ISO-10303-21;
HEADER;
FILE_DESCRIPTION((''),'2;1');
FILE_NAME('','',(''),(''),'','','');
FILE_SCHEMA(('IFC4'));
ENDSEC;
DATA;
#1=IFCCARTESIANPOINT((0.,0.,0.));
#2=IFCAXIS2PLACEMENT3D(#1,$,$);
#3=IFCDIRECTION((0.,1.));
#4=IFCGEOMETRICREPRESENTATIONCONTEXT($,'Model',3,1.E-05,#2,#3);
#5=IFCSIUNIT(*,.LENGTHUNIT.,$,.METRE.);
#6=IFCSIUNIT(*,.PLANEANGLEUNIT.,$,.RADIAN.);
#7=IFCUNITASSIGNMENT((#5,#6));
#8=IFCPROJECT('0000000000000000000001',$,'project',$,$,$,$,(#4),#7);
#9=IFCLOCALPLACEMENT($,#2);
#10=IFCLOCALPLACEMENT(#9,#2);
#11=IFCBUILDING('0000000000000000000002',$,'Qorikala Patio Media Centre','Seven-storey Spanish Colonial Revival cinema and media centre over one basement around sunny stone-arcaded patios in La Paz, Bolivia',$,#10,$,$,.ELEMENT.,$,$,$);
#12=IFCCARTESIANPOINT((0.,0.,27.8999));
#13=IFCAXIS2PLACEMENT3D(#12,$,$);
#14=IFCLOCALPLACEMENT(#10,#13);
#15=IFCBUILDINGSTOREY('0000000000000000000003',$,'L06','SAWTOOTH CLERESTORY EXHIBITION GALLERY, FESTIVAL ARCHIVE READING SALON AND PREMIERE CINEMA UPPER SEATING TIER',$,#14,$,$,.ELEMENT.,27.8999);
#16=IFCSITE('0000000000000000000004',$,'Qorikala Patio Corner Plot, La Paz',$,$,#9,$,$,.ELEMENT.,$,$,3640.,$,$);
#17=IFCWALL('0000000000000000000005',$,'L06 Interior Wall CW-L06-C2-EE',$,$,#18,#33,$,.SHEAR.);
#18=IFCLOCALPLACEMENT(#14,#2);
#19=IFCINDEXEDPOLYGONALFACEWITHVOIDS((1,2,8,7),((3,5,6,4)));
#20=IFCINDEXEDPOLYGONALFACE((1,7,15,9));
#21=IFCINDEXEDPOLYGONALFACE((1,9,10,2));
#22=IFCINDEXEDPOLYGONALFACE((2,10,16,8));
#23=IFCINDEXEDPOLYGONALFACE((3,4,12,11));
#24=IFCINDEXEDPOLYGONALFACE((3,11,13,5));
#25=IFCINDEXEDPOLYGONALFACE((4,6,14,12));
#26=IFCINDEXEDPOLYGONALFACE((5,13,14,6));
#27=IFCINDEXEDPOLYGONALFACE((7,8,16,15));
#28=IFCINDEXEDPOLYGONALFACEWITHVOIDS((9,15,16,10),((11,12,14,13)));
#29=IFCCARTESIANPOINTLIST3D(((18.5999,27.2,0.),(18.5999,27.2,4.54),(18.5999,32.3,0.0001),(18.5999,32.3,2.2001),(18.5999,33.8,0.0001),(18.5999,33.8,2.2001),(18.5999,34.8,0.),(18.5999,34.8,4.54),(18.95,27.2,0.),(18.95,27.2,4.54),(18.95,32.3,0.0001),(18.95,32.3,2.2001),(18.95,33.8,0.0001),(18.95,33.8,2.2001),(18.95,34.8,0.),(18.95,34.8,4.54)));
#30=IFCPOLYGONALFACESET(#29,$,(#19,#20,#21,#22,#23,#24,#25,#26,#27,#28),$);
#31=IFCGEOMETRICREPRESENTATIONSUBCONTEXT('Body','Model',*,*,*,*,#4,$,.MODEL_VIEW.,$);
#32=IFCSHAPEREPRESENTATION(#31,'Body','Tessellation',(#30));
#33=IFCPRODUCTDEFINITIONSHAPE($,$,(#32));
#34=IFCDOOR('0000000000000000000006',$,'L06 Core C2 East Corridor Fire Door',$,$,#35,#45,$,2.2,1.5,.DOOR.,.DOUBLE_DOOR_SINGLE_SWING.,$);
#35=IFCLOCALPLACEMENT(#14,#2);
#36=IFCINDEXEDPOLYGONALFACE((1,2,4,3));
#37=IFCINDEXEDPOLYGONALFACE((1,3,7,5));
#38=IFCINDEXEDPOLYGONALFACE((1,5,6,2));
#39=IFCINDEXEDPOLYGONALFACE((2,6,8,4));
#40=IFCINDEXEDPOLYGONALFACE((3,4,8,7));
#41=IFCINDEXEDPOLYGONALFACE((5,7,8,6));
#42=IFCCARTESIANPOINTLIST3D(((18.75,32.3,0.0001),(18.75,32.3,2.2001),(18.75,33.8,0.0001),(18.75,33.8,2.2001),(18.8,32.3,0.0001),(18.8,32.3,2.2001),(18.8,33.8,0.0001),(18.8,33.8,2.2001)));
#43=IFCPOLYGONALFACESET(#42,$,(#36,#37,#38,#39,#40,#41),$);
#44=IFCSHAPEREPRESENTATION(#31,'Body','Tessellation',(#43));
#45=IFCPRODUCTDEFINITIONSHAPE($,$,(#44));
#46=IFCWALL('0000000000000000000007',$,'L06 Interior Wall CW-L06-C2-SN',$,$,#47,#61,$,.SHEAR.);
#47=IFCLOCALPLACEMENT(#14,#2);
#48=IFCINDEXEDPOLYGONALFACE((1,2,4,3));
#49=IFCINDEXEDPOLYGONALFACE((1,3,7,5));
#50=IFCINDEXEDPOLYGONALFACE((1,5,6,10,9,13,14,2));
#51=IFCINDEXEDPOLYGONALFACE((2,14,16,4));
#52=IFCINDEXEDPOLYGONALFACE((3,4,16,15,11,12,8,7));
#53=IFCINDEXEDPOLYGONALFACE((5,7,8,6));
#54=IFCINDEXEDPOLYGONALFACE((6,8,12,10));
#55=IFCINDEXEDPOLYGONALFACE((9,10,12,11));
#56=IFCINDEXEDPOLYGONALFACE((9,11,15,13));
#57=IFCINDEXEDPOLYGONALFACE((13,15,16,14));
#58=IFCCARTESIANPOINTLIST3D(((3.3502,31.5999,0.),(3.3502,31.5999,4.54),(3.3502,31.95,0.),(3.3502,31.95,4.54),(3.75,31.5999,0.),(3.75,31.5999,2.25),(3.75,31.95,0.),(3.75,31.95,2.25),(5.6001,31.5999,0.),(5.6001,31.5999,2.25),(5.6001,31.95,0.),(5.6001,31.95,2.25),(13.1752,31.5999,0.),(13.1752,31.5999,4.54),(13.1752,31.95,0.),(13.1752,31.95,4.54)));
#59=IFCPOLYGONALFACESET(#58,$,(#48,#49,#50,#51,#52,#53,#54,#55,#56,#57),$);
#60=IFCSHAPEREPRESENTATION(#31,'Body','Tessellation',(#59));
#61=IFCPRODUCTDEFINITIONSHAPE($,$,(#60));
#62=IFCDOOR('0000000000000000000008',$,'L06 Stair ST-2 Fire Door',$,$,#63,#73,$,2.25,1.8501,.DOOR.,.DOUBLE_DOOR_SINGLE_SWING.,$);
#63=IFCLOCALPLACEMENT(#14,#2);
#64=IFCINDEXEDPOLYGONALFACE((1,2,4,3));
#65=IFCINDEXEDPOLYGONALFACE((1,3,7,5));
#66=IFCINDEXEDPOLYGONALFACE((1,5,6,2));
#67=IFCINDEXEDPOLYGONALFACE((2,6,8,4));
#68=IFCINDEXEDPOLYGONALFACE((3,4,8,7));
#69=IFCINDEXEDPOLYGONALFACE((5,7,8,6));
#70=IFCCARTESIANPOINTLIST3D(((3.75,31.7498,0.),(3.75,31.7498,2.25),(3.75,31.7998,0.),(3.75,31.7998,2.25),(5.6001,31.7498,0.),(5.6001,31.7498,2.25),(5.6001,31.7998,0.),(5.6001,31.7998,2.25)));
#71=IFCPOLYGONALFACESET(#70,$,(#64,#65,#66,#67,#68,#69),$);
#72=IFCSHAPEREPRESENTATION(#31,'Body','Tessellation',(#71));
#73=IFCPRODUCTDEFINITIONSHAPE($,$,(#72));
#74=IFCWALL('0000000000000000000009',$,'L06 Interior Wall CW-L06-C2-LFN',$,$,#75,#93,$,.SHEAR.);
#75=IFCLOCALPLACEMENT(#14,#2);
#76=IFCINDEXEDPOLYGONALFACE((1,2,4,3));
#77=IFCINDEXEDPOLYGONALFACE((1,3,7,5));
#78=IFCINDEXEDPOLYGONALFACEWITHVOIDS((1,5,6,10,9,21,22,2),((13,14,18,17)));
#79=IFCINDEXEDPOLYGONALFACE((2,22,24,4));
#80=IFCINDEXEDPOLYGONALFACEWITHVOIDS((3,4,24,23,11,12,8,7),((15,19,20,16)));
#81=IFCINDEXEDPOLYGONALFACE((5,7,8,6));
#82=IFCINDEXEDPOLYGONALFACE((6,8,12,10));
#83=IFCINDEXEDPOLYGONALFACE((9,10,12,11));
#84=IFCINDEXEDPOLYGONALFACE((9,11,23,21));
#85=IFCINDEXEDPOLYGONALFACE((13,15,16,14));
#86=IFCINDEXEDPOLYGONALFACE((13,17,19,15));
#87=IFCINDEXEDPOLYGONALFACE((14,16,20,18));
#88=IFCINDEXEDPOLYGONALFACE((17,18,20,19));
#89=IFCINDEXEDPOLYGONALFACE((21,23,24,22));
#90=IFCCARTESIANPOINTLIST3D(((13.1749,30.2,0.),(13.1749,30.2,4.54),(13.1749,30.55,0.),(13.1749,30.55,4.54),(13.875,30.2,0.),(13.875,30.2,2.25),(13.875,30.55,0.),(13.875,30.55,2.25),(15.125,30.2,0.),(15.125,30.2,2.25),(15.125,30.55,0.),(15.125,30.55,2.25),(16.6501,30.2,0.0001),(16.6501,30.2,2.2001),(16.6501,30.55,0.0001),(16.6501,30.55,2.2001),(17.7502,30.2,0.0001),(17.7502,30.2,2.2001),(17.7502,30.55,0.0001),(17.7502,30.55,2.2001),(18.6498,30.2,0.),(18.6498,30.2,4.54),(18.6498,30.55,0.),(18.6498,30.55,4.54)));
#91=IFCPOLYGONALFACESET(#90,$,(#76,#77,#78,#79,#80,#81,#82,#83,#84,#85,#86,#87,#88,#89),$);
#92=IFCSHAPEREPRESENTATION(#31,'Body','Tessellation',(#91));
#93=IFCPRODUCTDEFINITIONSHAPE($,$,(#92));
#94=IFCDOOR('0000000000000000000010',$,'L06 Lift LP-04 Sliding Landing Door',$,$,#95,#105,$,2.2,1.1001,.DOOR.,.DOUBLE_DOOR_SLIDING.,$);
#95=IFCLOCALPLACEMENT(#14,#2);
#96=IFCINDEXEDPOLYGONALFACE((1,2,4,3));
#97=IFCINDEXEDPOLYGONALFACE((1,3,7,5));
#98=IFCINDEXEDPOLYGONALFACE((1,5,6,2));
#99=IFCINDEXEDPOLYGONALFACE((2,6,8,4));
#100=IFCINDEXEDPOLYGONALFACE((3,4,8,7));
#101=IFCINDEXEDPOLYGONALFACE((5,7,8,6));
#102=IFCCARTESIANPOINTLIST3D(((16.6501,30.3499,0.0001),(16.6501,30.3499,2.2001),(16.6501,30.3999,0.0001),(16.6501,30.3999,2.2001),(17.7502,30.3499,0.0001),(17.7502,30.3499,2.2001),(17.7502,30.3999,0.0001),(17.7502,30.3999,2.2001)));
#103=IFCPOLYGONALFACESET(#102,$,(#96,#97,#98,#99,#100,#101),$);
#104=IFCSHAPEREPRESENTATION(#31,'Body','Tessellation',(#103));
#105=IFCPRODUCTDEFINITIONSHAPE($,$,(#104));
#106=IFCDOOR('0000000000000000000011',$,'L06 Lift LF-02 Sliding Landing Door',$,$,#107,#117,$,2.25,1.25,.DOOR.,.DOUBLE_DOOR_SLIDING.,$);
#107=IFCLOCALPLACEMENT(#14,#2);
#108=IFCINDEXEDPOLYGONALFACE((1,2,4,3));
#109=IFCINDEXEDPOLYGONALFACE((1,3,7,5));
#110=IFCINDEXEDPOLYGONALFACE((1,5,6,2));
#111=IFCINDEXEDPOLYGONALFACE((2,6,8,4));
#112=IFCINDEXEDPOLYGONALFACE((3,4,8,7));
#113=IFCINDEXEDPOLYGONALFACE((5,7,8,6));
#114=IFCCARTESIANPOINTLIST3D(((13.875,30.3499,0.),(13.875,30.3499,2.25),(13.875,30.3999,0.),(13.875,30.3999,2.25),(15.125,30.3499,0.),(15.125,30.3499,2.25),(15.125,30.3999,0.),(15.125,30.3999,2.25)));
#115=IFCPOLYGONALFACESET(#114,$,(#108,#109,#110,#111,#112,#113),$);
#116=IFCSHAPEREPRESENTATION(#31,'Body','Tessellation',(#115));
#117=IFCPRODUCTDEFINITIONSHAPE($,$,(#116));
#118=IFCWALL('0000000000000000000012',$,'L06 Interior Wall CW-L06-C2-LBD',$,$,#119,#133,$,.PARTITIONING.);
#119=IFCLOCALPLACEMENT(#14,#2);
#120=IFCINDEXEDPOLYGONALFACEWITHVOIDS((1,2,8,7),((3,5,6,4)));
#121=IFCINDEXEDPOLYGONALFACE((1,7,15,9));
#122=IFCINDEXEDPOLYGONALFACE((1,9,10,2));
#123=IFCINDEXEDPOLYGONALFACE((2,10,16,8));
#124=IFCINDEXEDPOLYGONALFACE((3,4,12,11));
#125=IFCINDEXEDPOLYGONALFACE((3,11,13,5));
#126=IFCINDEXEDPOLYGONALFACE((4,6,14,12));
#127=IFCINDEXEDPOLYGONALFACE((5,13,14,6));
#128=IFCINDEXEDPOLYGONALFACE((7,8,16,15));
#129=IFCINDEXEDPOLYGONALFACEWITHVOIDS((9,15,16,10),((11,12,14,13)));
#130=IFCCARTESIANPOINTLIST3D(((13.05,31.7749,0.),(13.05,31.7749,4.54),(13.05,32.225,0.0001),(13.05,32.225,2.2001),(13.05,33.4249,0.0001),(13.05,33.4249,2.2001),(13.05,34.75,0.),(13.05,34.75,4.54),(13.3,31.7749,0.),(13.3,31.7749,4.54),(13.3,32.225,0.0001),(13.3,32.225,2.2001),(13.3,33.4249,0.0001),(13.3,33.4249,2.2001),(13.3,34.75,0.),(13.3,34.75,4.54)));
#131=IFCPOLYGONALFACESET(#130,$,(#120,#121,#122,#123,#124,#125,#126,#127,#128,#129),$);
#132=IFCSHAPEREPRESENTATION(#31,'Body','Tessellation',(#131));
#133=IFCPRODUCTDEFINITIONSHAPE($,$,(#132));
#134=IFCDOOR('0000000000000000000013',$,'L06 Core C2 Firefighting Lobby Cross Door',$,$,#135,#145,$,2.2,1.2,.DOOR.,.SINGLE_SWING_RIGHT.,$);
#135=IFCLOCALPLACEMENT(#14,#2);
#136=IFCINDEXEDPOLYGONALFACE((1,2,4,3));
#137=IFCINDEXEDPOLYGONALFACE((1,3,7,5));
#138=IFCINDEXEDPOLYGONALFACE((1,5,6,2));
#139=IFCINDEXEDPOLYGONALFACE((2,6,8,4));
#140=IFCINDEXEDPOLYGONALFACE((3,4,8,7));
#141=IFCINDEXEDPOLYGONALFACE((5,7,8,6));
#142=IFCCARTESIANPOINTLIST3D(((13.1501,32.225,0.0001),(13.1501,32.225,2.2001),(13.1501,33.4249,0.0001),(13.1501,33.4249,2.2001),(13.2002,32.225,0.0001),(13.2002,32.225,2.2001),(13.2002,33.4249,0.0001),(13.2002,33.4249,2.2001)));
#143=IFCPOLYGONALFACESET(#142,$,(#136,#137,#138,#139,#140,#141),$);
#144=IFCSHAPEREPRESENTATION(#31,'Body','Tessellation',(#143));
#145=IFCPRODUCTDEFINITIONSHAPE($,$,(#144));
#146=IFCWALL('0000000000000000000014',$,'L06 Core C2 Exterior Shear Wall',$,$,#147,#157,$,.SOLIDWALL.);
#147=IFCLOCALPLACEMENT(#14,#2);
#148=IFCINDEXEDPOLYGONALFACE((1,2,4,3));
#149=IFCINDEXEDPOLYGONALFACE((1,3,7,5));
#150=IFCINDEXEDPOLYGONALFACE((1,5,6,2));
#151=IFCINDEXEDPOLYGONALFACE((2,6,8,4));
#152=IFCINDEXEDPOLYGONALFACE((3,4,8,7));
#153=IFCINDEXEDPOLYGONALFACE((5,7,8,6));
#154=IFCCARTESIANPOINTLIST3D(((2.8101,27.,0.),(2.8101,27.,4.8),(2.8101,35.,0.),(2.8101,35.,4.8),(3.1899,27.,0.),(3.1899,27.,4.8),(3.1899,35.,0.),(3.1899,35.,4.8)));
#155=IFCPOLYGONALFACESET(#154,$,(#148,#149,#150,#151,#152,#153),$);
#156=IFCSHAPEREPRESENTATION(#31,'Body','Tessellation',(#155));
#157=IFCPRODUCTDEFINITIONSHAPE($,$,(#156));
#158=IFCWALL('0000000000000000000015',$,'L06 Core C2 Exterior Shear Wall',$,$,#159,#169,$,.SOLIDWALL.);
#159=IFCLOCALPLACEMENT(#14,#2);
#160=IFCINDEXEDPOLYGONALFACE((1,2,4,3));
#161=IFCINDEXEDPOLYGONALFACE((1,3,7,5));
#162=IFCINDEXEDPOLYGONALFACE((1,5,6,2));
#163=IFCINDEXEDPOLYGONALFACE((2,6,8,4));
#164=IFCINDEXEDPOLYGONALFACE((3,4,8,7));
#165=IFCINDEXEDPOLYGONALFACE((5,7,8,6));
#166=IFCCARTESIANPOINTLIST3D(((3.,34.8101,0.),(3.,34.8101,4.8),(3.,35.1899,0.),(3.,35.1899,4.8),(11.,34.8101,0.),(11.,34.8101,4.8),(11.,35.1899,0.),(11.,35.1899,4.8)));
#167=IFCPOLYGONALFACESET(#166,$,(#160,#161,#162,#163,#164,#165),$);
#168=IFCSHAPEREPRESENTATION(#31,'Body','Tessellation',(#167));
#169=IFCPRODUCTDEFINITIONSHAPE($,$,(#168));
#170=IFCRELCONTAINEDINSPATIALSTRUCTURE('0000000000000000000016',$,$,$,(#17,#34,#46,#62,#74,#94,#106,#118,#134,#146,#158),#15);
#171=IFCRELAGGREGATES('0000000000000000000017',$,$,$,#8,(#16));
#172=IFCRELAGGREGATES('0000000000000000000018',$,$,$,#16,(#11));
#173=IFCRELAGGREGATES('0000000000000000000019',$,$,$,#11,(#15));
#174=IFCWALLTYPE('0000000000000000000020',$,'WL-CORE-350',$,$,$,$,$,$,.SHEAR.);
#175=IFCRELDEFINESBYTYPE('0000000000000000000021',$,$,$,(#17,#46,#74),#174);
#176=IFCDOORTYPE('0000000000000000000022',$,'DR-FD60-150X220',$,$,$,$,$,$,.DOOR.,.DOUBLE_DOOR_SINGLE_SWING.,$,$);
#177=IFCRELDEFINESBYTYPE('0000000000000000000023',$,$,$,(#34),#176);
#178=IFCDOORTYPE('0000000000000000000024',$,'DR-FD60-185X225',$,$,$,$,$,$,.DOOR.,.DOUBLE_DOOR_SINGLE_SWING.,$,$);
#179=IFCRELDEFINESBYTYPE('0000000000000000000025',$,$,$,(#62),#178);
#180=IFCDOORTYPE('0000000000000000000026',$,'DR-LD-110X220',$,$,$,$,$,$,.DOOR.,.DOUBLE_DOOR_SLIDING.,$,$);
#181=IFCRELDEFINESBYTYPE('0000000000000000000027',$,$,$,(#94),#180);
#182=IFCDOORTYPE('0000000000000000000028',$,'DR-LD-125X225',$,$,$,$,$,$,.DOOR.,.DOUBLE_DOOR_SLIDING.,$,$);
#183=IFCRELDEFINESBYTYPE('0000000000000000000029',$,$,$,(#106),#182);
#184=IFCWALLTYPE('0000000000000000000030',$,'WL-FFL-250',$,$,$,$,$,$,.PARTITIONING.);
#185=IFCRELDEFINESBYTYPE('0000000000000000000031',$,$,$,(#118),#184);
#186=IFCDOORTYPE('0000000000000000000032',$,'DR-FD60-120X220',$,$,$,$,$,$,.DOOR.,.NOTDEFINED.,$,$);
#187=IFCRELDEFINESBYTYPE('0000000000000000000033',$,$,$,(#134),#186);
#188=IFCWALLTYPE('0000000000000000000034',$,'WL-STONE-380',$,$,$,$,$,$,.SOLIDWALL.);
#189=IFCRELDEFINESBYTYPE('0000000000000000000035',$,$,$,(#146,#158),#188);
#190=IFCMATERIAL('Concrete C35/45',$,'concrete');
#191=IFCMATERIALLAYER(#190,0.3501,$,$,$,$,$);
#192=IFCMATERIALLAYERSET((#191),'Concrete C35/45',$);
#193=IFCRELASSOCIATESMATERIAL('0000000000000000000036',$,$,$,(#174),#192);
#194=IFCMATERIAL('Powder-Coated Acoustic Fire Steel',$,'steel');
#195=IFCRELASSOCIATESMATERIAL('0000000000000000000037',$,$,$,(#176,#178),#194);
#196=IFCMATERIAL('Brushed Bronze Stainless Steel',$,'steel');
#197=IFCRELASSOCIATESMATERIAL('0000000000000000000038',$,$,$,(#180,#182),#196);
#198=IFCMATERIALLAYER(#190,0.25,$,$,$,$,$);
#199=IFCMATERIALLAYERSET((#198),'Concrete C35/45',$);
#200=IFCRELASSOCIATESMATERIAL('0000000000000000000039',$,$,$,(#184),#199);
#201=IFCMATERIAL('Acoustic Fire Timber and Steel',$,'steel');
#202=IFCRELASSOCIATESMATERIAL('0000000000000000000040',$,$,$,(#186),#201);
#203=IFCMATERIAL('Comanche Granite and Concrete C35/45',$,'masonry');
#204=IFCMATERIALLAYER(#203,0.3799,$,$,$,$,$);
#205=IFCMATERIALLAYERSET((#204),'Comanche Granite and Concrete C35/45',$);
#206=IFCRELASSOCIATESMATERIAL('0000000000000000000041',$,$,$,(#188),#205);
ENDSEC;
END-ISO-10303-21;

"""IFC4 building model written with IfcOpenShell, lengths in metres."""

from ifc_helpers import new_model, si_unit, direction, frame, frame_2d, origin, place, context, subcontext, project, spatial, rectangle, extrude, material, layer, layer_set, type_object, element, fill, save


model = new_model("IFC4")

# Units and contexts
model_context = context("Model", 3, precision=1e-05, world=origin(), true_north=direction((0.0, 1.0)))
body_context = subcontext(model_context, "Body", "Model", "MODEL_VIEW")
ifc_project = project(units=[si_unit("LENGTHUNIT", "METRE"), si_unit("PLANEANGLEUNIT", "RADIAN")], contexts=[model_context])

# Site, building, storey
site_placement = place(None, origin())
site = spatial("IfcSite", under=ifc_project, at=site_placement, Name="Qorikala Patio Corner Plot, La Paz", CompositionType="ELEMENT", RefElevation=3640.0)
building_placement = place(site_placement, origin())
building = spatial("IfcBuilding", under=site, at=building_placement, Name="Qorikala Patio Media Centre", Description="Seven-storey Spanish Colonial Revival cinema and media centre over one basement around sunny stone-arcaded patios in La Paz, Bolivia", CompositionType="ELEMENT")
storey_placement = place(building_placement, frame((0.0, 0.0, 27.8999)))
storey = spatial("IfcBuildingStorey", under=building, at=storey_placement, Name="L06", Description="SAWTOOTH CLERESTORY EXHIBITION GALLERY, FESTIVAL ARCHIVE READING SALON AND PREMIERE CINEMA UPPER SEATING TIER", CompositionType="ELEMENT", Elevation=27.8999)

# Shared definitions
ifc_material_1 = material(Name="Concrete C35/45", Category="concrete")

# Shared definitions
ifc_layer_1 = layer(ifc_material_1, 0.3501)
ifc_layer_set_1 = layer_set([ifc_layer_1], Name="Concrete C35/45")
wall_type_1 = type_object("IfcWallType", Name="WL-CORE-350", PredefinedType="SHEAR", material=ifc_layer_set_1)

# Walls, openings, doors
wall_1_placement = place(storey_placement, frame((18.7749, 27.2, 0.0), z_axis=(0.0, 0.0, 1.0), x_axis=(0.0, 1.0, 0.0)))
wall_1 = element("IfcWall", 1, at=wall_1_placement, inside=storey, type_object=wall_type_1, Name="L06 Interior Wall CW-L06-C2-EE", PredefinedType="SHEAR", context=body_context, shape_type="SweptSolid", body=[
    extrude(rectangle(XDim=7.6001, YDim=0.3501, at=frame_2d((3.8, 0.0))), origin(), (0.0, 0.0, 1.0), 4.54),
])
opening_1_placement = place(wall_1_placement, frame((5.1001, 0.0, 0.0)))
opening_1 = element("IfcOpeningElement", 2, at=opening_1_placement, cuts=wall_1, PredefinedType="OPENING", context=body_context, shape_type="SweptSolid", body=[
    extrude(rectangle(XDim=1.5, YDim=2.2, at=frame_2d((0.75, 1.1001))), frame((0.0, 0.1851, 0.0), z_axis=(0.0, -1.0, 0.0), x_axis=(1.0, 0.0, 0.0)), (0.0, 0.0, 1.0), 0.3701),
])
ifc_material_2 = material(Name="Powder-Coated Acoustic Fire Steel", Category="steel")
door_type_1 = type_object("IfcDoorType", Name="DR-FD60-150X220", OperationType="DOUBLE_DOOR_SINGLE_SWING", PredefinedType="DOOR", material=ifc_material_2)
door_1_placement = place(opening_1_placement, origin())
door_1 = element("IfcDoor", 3, at=door_1_placement, inside=storey, type_object=door_type_1, Name="L06 Core C2 East Corridor Fire Door", OperationType="DOUBLE_DOOR_SINGLE_SWING", OverallHeight=2.2, OverallWidth=1.5, PredefinedType="DOOR", context=body_context, shape_type="SweptSolid", body=[
    extrude(rectangle(XDim=1.5, YDim=2.2, at=frame_2d((0.75, 1.1001))), frame((0.0, 0.0249, 0.0), z_axis=(0.0, -1.0, 0.0), x_axis=(1.0, 0.0, 0.0)), (0.0, 0.0, 1.0), 0.05),
])
fill(opening_1, door_1)
wall_2_placement = place(storey_placement, frame((3.3501, 31.7749, 0.0), z_axis=(0.0, 0.0, 1.0), x_axis=(1.0, 0.0, 0.0)))
wall_2 = element("IfcWall", 4, at=wall_2_placement, inside=storey, type_object=wall_type_1, Name="L06 Interior Wall CW-L06-C2-SN", PredefinedType="SHEAR", context=body_context, shape_type="SweptSolid", body=[
    extrude(rectangle(XDim=9.825, YDim=0.3501, at=frame_2d((4.9126, 0.0))), origin(), (0.0, 0.0, 1.0), 4.54),
])
opening_2_placement = place(wall_2_placement, frame((0.3999, 0.0, 0.0)))
opening_2 = element("IfcOpeningElement", 5, at=opening_2_placement, cuts=wall_2, PredefinedType="OPENING", context=body_context, shape_type="SweptSolid", body=[
    extrude(rectangle(XDim=1.8501, YDim=2.25, at=frame_2d((0.925, 1.125))), frame((0.0, 0.1851, 0.0), z_axis=(0.0, -1.0, 0.0), x_axis=(1.0, 0.0, 0.0)), (0.0, 0.0, 1.0), 0.3701),
])
door_type_2 = type_object("IfcDoorType", Name="DR-FD60-185X225", OperationType="DOUBLE_DOOR_SINGLE_SWING", PredefinedType="DOOR", material=ifc_material_2)
door_2_placement = place(opening_2_placement, origin())
door_2 = element("IfcDoor", 6, at=door_2_placement, inside=storey, type_object=door_type_2, Name="L06 Stair ST-2 Fire Door", OperationType="DOUBLE_DOOR_SINGLE_SWING", OverallHeight=2.25, OverallWidth=1.8501, PredefinedType="DOOR", context=body_context, shape_type="SweptSolid", body=[
    extrude(rectangle(XDim=1.8501, YDim=2.25, at=frame_2d((0.925, 1.125))), frame((0.0, 0.0249, 0.0), z_axis=(0.0, -1.0, 0.0), x_axis=(1.0, 0.0, 0.0)), (0.0, 0.0, 1.0), 0.05),
])
fill(opening_2, door_2)

# Wall, openings, doors
wall_3_placement = place(storey_placement, frame((13.175, 30.375, 0.0), z_axis=(0.0, 0.0, 1.0), x_axis=(1.0, 0.0, 0.0)))
wall_3 = element("IfcWall", 7, at=wall_3_placement, inside=storey, type_object=wall_type_1, Name="L06 Interior Wall CW-L06-C2-LFN", PredefinedType="SHEAR", context=body_context, shape_type="SweptSolid", body=[
    extrude(rectangle(XDim=5.4749, YDim=0.3501, at=frame_2d((2.7373, 0.0))), origin(), (0.0, 0.0, 1.0), 4.54),
])
opening_3_placement = place(wall_3_placement, frame((0.7, 0.0, 0.0)))
opening_3 = element("IfcOpeningElement", 8, at=opening_3_placement, cuts=wall_3, PredefinedType="OPENING", context=body_context, shape_type="SweptSolid", body=[
    extrude(rectangle(XDim=1.25, YDim=2.25, at=frame_2d((0.625, 1.125))), frame((0.0, 0.1851, 0.0), z_axis=(0.0, -1.0, 0.0), x_axis=(1.0, 0.0, 0.0)), (0.0, 0.0, 1.0), 0.3701),
])
opening_4_placement = place(wall_3_placement, frame((3.4751, 0.0, 0.0)))
opening_4 = element("IfcOpeningElement", 9, at=opening_4_placement, cuts=wall_3, PredefinedType="OPENING", context=body_context, shape_type="SweptSolid", body=[
    extrude(rectangle(XDim=1.1001, YDim=2.2, at=frame_2d((0.55, 1.1001))), frame((0.0, 0.1851, 0.0), z_axis=(0.0, -1.0, 0.0), x_axis=(1.0, 0.0, 0.0)), (0.0, 0.0, 1.0), 0.3701),
])
ifc_material_3 = material(Name="Brushed Bronze Stainless Steel", Category="steel")
door_type_3 = type_object("IfcDoorType", Name="DR-LD-110X220", OperationType="DOUBLE_DOOR_SLIDING", PredefinedType="DOOR", material=ifc_material_3)
door_3_placement = place(opening_4_placement, origin())
door_3 = element("IfcDoor", 10, at=door_3_placement, inside=storey, type_object=door_type_3, Name="L06 Lift LP-04 Sliding Landing Door", OperationType="DOUBLE_DOOR_SLIDING", OverallHeight=2.2, OverallWidth=1.1001, PredefinedType="DOOR", context=body_context, shape_type="SweptSolid", body=[
    extrude(rectangle(XDim=1.1001, YDim=2.2, at=frame_2d((0.55, 1.1001))), frame((0.0, 0.0249, 0.0), z_axis=(0.0, -1.0, 0.0), x_axis=(1.0, 0.0, 0.0)), (0.0, 0.0, 1.0), 0.05),
])
fill(opening_4, door_3)
door_type_4 = type_object("IfcDoorType", Name="DR-LD-125X225", OperationType="DOUBLE_DOOR_SLIDING", PredefinedType="DOOR", material=ifc_material_3)
door_4_placement = place(opening_3_placement, origin())
door_4 = element("IfcDoor", 11, at=door_4_placement, inside=storey, type_object=door_type_4, Name="L06 Lift LF-02 Sliding Landing Door", OperationType="DOUBLE_DOOR_SLIDING", OverallHeight=2.25, OverallWidth=1.25, PredefinedType="DOOR", context=body_context, shape_type="SweptSolid", body=[
    extrude(rectangle(XDim=1.25, YDim=2.25, at=frame_2d((0.625, 1.125))), frame((0.0, 0.0249, 0.0), z_axis=(0.0, -1.0, 0.0), x_axis=(1.0, 0.0, 0.0)), (0.0, 0.0, 1.0), 0.05),
])
fill(opening_3, door_4)

# Wall, opening, door
ifc_layer_2 = layer(ifc_material_1, 0.25)
ifc_layer_set_2 = layer_set([ifc_layer_2], Name="Concrete C35/45")
wall_type_2 = type_object("IfcWallType", Name="WL-FFL-250", PredefinedType="PARTITIONING", material=ifc_layer_set_2)
wall_4_placement = place(storey_placement, frame((13.175, 31.7749, 0.0), z_axis=(0.0, 0.0, 1.0), x_axis=(0.0, 1.0, 0.0)))
wall_4 = element("IfcWall", 12, at=wall_4_placement, inside=storey, type_object=wall_type_2, Name="L06 Interior Wall CW-L06-C2-LBD", PredefinedType="PARTITIONING", context=body_context, shape_type="SweptSolid", body=[
    extrude(rectangle(XDim=2.9751, YDim=0.25, at=frame_2d((1.4875, 0.0))), origin(), (0.0, 0.0, 1.0), 4.54),
])
opening_5_placement = place(wall_4_placement, frame((0.45, 0.0, 0.0)))
opening_5 = element("IfcOpeningElement", 13, at=opening_5_placement, cuts=wall_4, PredefinedType="OPENING", context=body_context, shape_type="SweptSolid", body=[
    extrude(rectangle(XDim=1.2, YDim=2.2, at=frame_2d((0.6001, 1.1001))), frame((0.0, 0.135, 0.0), z_axis=(0.0, -1.0, 0.0), x_axis=(1.0, 0.0, 0.0)), (0.0, 0.0, 1.0), 0.27),
])
ifc_material_4 = material(Name="Acoustic Fire Timber and Steel", Category="steel")
door_type_5 = type_object("IfcDoorType", Name="DR-FD60-120X220", OperationType="NOTDEFINED", PredefinedType="DOOR", material=ifc_material_4)
door_5_placement = place(opening_5_placement, origin())
door_5 = element("IfcDoor", 14, at=door_5_placement, inside=storey, type_object=door_type_5, Name="L06 Core C2 Firefighting Lobby Cross Door", OperationType="SINGLE_SWING_RIGHT", OverallHeight=2.2, OverallWidth=1.2, PredefinedType="DOOR", context=body_context, shape_type="SweptSolid", body=[
    extrude(rectangle(XDim=1.2, YDim=2.2, at=frame_2d((0.6001, 1.1001))), frame((0.0, 0.0249, 0.0), z_axis=(0.0, -1.0, 0.0), x_axis=(1.0, 0.0, 0.0)), (0.0, 0.0, 1.0), 0.05),
])
fill(opening_5, door_5)

# Walls
ifc_material_5 = material(Name="Comanche Granite and Concrete C35/45", Category="masonry")
ifc_layer_3 = layer(ifc_material_5, 0.3799)
ifc_layer_set_3 = layer_set([ifc_layer_3], Name="Comanche Granite and Concrete C35/45")
wall_type_3 = type_object("IfcWallType", Name="WL-STONE-380", PredefinedType="SOLIDWALL", material=ifc_layer_set_3)
for number, where, z_axis, x_axis, name in (
    (15, (3.0, 27.0, 0.0), (0.0, 0.0, 1.0), (0.0, 1.0, 0.0), "L06 Core C2 Exterior Shear Wall"),
    (16, (3.0, 35.0, 0.0), (0.0, 0.0, 1.0), (1.0, 0.0, 0.0), "L06 Core C2 Exterior Shear Wall"),
):
    element("IfcWall", number, at=place(storey_placement, frame(where, z_axis=z_axis, x_axis=x_axis)), inside=storey, type_object=wall_type_3, Name=name, PredefinedType="SOLIDWALL", context=body_context, shape_type="SweptSolid", body=[
        extrude(rectangle(XDim=8.0, YDim=0.3799, at=frame_2d((4.0, 0.0))), origin(), (0.0, 0.0, 1.0), 4.8),
    ])

save(model, "model.ifc")
